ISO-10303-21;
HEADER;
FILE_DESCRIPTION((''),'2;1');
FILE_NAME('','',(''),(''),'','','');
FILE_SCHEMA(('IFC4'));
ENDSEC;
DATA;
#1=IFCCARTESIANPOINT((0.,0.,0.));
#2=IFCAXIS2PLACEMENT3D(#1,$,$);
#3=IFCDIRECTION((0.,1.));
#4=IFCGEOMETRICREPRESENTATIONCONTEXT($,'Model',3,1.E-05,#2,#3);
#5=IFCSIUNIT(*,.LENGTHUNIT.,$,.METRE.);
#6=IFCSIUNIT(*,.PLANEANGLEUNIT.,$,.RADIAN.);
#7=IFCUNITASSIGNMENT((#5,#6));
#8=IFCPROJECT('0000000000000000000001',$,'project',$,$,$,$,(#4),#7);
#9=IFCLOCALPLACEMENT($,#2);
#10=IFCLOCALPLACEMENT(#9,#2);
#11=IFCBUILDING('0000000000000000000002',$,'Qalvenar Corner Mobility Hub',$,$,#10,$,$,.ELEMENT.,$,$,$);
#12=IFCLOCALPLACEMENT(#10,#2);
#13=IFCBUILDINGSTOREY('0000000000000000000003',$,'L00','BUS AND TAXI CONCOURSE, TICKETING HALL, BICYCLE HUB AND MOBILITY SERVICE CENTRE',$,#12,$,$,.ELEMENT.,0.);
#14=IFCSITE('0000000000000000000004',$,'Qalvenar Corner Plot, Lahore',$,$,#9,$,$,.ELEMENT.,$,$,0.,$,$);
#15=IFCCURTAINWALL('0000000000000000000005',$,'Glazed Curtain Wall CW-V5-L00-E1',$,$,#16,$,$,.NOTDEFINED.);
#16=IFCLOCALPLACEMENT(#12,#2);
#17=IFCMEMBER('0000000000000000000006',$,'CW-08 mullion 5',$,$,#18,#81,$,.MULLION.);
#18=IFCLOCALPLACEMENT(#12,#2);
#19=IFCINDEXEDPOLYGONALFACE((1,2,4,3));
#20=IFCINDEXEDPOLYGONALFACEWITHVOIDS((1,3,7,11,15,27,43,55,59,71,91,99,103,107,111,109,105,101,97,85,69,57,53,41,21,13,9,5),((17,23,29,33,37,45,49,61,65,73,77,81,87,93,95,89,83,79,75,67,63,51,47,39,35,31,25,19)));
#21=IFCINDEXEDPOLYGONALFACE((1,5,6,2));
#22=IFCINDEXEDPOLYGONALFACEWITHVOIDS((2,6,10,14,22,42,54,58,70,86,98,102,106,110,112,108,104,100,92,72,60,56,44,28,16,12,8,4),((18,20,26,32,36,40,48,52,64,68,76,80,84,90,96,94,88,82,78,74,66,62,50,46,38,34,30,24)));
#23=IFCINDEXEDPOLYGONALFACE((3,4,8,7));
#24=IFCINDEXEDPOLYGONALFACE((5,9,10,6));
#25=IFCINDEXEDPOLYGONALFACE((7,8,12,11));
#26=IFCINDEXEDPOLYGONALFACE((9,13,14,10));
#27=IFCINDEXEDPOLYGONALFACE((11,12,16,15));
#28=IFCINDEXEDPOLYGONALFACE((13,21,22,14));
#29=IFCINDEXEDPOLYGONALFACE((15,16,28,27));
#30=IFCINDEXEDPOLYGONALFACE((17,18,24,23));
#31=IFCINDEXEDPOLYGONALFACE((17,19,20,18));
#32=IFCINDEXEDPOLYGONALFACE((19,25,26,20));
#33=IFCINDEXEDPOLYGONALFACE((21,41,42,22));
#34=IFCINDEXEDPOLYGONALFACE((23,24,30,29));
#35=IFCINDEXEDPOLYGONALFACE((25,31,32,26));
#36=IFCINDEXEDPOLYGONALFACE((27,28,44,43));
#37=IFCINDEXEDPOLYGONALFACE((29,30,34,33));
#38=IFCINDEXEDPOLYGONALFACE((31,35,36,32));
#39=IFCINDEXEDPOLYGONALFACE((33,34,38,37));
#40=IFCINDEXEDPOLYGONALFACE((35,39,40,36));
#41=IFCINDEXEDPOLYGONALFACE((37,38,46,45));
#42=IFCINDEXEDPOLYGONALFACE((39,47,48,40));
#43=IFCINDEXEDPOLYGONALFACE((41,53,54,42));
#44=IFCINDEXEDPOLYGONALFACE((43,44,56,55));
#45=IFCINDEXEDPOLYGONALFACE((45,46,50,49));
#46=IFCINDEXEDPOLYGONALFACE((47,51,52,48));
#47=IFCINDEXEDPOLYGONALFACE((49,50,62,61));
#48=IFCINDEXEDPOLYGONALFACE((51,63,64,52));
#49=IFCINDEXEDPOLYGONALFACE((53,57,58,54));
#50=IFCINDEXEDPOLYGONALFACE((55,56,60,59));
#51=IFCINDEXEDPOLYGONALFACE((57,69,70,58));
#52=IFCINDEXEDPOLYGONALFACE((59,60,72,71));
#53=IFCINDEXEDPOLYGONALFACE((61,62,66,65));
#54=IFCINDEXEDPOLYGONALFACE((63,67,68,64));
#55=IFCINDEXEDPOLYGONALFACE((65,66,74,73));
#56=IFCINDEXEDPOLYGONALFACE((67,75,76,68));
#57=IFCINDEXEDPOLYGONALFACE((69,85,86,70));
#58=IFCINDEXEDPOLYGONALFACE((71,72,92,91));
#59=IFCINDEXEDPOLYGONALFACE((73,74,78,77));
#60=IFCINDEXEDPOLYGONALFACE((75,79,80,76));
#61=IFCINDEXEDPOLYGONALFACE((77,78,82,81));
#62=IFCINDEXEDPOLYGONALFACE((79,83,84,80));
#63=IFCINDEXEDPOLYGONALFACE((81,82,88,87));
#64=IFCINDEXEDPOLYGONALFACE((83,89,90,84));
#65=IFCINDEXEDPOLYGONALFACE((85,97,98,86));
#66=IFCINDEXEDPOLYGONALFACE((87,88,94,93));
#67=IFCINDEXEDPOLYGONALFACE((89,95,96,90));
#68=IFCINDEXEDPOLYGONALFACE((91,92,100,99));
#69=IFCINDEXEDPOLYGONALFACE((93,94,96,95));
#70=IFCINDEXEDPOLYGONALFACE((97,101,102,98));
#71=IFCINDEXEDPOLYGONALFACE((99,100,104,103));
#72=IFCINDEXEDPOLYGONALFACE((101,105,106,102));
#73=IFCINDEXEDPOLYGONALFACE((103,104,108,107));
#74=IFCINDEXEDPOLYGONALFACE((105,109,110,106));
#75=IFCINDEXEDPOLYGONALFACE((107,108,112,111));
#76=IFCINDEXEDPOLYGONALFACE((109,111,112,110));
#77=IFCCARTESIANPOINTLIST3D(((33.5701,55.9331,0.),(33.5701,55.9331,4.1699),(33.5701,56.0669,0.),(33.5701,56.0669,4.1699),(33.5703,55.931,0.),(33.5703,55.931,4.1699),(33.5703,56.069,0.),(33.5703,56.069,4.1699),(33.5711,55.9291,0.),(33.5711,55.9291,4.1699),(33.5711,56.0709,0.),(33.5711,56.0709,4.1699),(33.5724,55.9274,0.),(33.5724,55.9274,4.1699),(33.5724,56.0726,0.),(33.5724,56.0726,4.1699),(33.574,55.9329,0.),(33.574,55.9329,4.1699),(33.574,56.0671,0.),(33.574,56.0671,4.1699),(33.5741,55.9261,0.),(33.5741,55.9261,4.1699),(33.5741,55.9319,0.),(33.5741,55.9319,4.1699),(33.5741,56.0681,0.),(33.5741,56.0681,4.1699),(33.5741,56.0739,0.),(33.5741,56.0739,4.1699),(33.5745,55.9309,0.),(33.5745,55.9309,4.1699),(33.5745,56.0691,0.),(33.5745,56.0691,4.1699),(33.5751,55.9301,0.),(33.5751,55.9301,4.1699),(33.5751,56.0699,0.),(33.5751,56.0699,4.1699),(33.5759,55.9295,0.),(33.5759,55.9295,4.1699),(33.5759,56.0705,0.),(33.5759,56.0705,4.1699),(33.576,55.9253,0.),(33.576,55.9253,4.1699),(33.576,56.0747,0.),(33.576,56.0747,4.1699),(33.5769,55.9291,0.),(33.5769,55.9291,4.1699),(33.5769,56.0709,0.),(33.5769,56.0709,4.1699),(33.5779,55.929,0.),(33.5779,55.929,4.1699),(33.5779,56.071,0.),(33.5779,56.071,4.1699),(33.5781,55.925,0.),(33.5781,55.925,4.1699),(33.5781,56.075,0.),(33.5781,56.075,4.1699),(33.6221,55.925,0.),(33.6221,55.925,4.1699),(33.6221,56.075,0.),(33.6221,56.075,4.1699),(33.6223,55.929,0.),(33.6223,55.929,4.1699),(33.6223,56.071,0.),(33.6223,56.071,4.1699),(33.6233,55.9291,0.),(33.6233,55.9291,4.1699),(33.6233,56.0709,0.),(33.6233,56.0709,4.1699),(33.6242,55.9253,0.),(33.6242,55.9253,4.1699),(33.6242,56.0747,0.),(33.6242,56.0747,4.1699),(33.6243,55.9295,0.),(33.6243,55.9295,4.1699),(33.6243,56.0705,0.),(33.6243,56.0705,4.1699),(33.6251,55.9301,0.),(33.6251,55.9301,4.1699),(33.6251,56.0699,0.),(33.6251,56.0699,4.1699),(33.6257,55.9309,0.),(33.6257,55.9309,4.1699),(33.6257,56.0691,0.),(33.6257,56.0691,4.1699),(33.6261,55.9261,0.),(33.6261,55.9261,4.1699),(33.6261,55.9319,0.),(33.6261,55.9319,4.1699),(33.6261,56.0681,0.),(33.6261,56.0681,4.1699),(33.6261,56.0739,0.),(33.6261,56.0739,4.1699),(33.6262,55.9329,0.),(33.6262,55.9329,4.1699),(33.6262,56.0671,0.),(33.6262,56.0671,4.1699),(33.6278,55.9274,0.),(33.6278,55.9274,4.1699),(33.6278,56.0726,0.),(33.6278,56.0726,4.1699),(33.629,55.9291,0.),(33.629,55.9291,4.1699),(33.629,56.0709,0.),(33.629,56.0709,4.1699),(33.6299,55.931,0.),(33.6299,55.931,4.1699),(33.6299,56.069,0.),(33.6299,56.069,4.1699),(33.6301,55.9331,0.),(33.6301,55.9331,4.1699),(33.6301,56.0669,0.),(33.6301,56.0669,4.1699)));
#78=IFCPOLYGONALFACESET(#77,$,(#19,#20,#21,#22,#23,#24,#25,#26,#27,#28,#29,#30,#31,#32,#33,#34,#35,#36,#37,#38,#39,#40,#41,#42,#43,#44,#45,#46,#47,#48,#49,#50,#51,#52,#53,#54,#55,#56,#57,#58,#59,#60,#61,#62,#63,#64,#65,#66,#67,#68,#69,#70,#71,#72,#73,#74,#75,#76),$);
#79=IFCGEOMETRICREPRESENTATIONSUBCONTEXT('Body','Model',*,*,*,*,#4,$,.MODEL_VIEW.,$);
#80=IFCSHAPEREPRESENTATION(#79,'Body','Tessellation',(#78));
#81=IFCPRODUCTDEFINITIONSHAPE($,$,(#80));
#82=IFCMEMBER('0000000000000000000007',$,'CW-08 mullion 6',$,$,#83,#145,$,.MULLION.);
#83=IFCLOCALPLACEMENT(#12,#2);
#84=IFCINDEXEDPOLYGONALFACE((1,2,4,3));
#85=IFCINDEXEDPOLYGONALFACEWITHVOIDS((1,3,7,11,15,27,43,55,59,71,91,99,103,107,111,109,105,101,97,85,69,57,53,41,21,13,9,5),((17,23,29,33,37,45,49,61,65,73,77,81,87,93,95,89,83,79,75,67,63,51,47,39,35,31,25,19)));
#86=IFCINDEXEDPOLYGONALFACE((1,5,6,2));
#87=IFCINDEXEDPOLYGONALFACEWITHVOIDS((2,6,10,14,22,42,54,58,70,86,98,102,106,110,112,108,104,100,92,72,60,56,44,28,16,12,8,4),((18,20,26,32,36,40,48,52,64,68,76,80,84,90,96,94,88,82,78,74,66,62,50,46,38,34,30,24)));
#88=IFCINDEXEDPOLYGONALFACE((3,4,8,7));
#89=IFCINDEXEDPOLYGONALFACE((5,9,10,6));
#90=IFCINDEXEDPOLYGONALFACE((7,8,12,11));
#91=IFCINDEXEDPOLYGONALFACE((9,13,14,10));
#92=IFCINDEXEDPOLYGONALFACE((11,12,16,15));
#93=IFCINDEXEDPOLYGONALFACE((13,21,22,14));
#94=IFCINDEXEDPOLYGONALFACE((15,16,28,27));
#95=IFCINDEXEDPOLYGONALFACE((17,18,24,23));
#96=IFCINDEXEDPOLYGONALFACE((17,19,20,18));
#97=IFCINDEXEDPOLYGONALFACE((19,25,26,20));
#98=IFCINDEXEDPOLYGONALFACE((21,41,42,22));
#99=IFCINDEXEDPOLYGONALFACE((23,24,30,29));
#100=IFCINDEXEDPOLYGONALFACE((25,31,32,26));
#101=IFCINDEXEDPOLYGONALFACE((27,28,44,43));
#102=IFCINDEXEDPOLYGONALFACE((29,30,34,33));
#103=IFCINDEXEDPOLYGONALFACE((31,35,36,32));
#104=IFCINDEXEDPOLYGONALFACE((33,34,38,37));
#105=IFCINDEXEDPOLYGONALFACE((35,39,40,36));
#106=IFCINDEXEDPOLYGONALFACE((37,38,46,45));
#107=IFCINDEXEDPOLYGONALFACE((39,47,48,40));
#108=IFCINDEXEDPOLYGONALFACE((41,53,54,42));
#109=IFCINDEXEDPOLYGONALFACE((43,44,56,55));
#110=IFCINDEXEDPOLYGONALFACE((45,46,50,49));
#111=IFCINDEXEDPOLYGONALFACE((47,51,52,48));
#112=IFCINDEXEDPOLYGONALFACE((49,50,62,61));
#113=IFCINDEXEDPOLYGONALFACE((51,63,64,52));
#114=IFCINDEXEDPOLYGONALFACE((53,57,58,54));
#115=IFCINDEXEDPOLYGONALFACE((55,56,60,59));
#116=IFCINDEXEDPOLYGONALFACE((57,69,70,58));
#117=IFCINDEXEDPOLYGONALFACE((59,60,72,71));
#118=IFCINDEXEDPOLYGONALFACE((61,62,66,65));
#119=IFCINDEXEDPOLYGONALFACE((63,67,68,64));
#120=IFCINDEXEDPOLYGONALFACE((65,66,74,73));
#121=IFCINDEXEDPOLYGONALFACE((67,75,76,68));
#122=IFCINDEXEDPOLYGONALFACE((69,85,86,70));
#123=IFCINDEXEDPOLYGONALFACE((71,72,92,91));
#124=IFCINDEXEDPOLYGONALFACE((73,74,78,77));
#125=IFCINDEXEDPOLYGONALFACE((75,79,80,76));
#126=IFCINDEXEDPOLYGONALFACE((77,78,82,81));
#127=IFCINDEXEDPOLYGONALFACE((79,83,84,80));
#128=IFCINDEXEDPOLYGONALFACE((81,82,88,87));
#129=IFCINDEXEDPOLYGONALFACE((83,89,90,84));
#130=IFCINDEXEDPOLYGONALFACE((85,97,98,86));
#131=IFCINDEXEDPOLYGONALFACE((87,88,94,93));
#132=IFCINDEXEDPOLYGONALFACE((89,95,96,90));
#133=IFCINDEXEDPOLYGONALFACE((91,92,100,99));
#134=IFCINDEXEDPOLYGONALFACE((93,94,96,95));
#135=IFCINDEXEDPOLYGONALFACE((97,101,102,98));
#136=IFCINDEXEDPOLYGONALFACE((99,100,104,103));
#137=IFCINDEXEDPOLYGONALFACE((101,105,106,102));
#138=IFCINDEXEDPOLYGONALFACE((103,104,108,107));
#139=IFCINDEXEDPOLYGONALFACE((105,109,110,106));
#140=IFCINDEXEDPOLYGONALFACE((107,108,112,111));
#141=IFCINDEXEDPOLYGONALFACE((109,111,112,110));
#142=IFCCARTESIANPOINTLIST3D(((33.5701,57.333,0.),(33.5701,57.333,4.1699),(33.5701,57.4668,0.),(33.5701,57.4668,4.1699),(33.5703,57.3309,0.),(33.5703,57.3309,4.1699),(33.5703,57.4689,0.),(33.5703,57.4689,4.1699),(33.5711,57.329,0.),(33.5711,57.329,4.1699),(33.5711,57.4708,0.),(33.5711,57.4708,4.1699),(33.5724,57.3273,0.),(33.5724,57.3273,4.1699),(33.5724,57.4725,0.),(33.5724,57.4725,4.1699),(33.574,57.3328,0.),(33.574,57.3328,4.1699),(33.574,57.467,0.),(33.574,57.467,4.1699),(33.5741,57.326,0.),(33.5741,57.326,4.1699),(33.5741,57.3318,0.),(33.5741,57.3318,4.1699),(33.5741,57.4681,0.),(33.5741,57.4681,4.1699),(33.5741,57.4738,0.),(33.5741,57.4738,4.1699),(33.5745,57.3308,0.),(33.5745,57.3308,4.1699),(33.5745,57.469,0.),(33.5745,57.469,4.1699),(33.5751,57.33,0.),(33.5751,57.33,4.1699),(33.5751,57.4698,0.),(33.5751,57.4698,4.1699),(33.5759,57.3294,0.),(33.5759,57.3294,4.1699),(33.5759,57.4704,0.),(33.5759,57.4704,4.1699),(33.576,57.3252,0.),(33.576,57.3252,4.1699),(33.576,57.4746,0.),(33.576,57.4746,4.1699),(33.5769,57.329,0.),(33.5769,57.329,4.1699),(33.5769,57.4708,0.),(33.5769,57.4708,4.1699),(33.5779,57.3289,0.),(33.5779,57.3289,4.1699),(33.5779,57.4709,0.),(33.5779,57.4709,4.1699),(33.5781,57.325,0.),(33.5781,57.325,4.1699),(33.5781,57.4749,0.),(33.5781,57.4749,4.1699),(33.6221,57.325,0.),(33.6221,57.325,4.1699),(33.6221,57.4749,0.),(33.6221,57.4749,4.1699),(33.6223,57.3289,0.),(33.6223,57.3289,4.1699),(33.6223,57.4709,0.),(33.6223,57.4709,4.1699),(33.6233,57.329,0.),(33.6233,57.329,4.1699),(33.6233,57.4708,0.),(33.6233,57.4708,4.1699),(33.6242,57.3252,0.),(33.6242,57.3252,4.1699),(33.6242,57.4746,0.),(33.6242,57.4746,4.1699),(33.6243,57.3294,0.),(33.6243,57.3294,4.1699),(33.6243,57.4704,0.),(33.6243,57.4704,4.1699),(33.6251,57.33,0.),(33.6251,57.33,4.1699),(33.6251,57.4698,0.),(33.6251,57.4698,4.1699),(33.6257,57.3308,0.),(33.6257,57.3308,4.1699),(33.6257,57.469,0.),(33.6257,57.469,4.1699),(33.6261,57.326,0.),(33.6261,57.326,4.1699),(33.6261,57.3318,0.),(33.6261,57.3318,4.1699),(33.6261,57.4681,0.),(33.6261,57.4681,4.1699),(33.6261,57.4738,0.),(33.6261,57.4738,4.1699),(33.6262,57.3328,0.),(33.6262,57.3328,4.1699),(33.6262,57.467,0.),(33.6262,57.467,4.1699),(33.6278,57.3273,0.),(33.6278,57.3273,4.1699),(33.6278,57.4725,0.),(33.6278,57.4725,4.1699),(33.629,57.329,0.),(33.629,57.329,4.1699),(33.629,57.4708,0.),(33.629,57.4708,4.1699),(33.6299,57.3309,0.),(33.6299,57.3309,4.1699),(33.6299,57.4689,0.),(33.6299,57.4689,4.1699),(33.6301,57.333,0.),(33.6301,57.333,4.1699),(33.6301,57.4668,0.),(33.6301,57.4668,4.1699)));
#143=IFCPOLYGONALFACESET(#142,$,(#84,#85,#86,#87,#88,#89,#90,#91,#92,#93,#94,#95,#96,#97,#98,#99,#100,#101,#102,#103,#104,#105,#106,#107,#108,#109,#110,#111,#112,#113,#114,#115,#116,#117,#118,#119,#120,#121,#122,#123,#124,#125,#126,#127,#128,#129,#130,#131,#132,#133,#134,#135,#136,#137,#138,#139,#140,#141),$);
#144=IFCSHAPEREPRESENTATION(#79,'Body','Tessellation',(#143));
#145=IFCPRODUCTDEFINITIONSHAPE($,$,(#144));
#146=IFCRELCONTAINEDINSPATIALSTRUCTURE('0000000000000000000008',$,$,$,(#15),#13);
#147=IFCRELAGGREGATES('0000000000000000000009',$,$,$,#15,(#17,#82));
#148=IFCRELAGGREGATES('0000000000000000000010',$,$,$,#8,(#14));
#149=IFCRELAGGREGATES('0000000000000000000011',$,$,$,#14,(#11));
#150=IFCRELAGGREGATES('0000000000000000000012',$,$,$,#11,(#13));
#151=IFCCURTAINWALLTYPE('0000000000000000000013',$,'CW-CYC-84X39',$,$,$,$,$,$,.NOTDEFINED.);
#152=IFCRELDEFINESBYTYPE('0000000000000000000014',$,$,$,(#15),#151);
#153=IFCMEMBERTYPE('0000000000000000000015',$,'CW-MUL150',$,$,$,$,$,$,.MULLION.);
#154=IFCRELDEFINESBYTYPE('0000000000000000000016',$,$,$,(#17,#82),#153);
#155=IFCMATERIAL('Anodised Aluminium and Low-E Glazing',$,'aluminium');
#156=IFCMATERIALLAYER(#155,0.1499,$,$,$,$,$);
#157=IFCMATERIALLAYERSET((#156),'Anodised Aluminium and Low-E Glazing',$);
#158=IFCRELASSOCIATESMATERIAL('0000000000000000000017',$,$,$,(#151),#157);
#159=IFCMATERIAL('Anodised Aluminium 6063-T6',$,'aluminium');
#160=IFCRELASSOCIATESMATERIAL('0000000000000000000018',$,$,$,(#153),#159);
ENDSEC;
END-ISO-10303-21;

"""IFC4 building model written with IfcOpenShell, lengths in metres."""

from ifc_helpers import new_model, si_unit, direction, frame, origin, origin_2d, place, context, subcontext, project, spatial, hollow_rectangle, extrude, material, layer, layer_set, material_profile, profile_set, type_object, element, aggregate, save


model = new_model("IFC4")

# Units and contexts
model_context = context("Model", 3, precision=1e-05, world=origin(), true_north=direction((0.0, 1.0)))
body_context = subcontext(model_context, "Body", "Model", "MODEL_VIEW")
ifc_project = project(units=[si_unit("LENGTHUNIT", "METRE"), si_unit("PLANEANGLEUNIT", "RADIAN")], contexts=[model_context])

# Site, building, storey
site_placement = place(None, origin())
site = spatial("IfcSite", under=ifc_project, at=site_placement, Name="Qalvenar Corner Plot, Lahore", CompositionType="ELEMENT", RefElevation=0.0)
building_placement = place(site_placement, origin())
building = spatial("IfcBuilding", under=site, at=building_placement, Name="Qalvenar Corner Mobility Hub", CompositionType="ELEMENT")
storey_placement = place(building_placement, origin())
storey = spatial("IfcBuildingStorey", under=building, at=storey_placement, Name="L00", Description="BUS AND TAXI CONCOURSE, TICKETING HALL, BICYCLE HUB AND MOBILITY SERVICE CENTRE", CompositionType="ELEMENT", Elevation=0.0)

# Curtain wall, members
ifc_material_1 = material(Name="Anodised Aluminium and Low-E Glazing", Category="aluminium")
ifc_layer_1 = layer(ifc_material_1, 0.1499)
ifc_layer_set_1 = layer_set([ifc_layer_1], Name="Anodised Aluminium and Low-E Glazing")
curtain_wall_type = type_object("IfcCurtainWallType", Name="CW-CYC-84X39", PredefinedType="NOTDEFINED", material=ifc_layer_set_1)
curtain_wall_placement = place(storey_placement, origin())
curtain_wall = element("IfcCurtainWall", 1, at=curtain_wall_placement, inside=storey, type_object=curtain_wall_type, Name="Glazed Curtain Wall CW-V5-L00-E1", PredefinedType="NOTDEFINED")
ifc_material_2 = material(Name="Anodised Aluminium 6063-T6", Category="aluminium")
ifc_material_profile_1 = material_profile(ifc_material_2, hollow_rectangle(XDim=0.0601, YDim=0.1499, WallThickness=0.0039, InnerFilletRadius=0.0039, OuterFilletRadius=0.0081, at=origin_2d()), Name="RHS150x60x4")
ifc_profile_set_1 = profile_set([ifc_material_profile_1], Name="Anodised Aluminium 6063-T6")
member_type_1 = type_object("IfcMemberType", Name="CW-MUL150", PredefinedType="MULLION", material=ifc_profile_set_1)
member_1_placement = place(storey_placement, frame((33.6001, 56.0, 0.0), z_axis=(0.0, 0.0, 1.0), x_axis=(-1.0, 0.0, 0.0)))
member_1 = element("IfcMember", 2, at=member_1_placement, type_object=member_type_1, Name="CW-08 mullion 5", PredefinedType="MULLION", context=body_context, shape_type="SweptSolid", body=[
    extrude(hollow_rectangle(XDim=0.0601, YDim=0.1499, WallThickness=0.0039, InnerFilletRadius=0.0039, OuterFilletRadius=0.0081, at=origin_2d()), origin(), (0.0, 0.0, 1.0), 4.1699),
])
member_2_placement = place(storey_placement, frame((33.6001, 57.3999, 0.0), z_axis=(0.0, 0.0, 1.0), x_axis=(-1.0, 0.0, 0.0)))
member_2 = element("IfcMember", 3, at=member_2_placement, type_object=member_type_1, Name="CW-08 mullion 6", PredefinedType="MULLION", context=body_context, shape_type="SweptSolid", body=[
    extrude(hollow_rectangle(XDim=0.0601, YDim=0.1499, WallThickness=0.0039, InnerFilletRadius=0.0039, OuterFilletRadius=0.0081, at=origin_2d()), origin(), (0.0, 0.0, 1.0), 4.1699),
])
aggregate(curtain_wall, [member_1, member_2])

save(model, "model.ifc")
